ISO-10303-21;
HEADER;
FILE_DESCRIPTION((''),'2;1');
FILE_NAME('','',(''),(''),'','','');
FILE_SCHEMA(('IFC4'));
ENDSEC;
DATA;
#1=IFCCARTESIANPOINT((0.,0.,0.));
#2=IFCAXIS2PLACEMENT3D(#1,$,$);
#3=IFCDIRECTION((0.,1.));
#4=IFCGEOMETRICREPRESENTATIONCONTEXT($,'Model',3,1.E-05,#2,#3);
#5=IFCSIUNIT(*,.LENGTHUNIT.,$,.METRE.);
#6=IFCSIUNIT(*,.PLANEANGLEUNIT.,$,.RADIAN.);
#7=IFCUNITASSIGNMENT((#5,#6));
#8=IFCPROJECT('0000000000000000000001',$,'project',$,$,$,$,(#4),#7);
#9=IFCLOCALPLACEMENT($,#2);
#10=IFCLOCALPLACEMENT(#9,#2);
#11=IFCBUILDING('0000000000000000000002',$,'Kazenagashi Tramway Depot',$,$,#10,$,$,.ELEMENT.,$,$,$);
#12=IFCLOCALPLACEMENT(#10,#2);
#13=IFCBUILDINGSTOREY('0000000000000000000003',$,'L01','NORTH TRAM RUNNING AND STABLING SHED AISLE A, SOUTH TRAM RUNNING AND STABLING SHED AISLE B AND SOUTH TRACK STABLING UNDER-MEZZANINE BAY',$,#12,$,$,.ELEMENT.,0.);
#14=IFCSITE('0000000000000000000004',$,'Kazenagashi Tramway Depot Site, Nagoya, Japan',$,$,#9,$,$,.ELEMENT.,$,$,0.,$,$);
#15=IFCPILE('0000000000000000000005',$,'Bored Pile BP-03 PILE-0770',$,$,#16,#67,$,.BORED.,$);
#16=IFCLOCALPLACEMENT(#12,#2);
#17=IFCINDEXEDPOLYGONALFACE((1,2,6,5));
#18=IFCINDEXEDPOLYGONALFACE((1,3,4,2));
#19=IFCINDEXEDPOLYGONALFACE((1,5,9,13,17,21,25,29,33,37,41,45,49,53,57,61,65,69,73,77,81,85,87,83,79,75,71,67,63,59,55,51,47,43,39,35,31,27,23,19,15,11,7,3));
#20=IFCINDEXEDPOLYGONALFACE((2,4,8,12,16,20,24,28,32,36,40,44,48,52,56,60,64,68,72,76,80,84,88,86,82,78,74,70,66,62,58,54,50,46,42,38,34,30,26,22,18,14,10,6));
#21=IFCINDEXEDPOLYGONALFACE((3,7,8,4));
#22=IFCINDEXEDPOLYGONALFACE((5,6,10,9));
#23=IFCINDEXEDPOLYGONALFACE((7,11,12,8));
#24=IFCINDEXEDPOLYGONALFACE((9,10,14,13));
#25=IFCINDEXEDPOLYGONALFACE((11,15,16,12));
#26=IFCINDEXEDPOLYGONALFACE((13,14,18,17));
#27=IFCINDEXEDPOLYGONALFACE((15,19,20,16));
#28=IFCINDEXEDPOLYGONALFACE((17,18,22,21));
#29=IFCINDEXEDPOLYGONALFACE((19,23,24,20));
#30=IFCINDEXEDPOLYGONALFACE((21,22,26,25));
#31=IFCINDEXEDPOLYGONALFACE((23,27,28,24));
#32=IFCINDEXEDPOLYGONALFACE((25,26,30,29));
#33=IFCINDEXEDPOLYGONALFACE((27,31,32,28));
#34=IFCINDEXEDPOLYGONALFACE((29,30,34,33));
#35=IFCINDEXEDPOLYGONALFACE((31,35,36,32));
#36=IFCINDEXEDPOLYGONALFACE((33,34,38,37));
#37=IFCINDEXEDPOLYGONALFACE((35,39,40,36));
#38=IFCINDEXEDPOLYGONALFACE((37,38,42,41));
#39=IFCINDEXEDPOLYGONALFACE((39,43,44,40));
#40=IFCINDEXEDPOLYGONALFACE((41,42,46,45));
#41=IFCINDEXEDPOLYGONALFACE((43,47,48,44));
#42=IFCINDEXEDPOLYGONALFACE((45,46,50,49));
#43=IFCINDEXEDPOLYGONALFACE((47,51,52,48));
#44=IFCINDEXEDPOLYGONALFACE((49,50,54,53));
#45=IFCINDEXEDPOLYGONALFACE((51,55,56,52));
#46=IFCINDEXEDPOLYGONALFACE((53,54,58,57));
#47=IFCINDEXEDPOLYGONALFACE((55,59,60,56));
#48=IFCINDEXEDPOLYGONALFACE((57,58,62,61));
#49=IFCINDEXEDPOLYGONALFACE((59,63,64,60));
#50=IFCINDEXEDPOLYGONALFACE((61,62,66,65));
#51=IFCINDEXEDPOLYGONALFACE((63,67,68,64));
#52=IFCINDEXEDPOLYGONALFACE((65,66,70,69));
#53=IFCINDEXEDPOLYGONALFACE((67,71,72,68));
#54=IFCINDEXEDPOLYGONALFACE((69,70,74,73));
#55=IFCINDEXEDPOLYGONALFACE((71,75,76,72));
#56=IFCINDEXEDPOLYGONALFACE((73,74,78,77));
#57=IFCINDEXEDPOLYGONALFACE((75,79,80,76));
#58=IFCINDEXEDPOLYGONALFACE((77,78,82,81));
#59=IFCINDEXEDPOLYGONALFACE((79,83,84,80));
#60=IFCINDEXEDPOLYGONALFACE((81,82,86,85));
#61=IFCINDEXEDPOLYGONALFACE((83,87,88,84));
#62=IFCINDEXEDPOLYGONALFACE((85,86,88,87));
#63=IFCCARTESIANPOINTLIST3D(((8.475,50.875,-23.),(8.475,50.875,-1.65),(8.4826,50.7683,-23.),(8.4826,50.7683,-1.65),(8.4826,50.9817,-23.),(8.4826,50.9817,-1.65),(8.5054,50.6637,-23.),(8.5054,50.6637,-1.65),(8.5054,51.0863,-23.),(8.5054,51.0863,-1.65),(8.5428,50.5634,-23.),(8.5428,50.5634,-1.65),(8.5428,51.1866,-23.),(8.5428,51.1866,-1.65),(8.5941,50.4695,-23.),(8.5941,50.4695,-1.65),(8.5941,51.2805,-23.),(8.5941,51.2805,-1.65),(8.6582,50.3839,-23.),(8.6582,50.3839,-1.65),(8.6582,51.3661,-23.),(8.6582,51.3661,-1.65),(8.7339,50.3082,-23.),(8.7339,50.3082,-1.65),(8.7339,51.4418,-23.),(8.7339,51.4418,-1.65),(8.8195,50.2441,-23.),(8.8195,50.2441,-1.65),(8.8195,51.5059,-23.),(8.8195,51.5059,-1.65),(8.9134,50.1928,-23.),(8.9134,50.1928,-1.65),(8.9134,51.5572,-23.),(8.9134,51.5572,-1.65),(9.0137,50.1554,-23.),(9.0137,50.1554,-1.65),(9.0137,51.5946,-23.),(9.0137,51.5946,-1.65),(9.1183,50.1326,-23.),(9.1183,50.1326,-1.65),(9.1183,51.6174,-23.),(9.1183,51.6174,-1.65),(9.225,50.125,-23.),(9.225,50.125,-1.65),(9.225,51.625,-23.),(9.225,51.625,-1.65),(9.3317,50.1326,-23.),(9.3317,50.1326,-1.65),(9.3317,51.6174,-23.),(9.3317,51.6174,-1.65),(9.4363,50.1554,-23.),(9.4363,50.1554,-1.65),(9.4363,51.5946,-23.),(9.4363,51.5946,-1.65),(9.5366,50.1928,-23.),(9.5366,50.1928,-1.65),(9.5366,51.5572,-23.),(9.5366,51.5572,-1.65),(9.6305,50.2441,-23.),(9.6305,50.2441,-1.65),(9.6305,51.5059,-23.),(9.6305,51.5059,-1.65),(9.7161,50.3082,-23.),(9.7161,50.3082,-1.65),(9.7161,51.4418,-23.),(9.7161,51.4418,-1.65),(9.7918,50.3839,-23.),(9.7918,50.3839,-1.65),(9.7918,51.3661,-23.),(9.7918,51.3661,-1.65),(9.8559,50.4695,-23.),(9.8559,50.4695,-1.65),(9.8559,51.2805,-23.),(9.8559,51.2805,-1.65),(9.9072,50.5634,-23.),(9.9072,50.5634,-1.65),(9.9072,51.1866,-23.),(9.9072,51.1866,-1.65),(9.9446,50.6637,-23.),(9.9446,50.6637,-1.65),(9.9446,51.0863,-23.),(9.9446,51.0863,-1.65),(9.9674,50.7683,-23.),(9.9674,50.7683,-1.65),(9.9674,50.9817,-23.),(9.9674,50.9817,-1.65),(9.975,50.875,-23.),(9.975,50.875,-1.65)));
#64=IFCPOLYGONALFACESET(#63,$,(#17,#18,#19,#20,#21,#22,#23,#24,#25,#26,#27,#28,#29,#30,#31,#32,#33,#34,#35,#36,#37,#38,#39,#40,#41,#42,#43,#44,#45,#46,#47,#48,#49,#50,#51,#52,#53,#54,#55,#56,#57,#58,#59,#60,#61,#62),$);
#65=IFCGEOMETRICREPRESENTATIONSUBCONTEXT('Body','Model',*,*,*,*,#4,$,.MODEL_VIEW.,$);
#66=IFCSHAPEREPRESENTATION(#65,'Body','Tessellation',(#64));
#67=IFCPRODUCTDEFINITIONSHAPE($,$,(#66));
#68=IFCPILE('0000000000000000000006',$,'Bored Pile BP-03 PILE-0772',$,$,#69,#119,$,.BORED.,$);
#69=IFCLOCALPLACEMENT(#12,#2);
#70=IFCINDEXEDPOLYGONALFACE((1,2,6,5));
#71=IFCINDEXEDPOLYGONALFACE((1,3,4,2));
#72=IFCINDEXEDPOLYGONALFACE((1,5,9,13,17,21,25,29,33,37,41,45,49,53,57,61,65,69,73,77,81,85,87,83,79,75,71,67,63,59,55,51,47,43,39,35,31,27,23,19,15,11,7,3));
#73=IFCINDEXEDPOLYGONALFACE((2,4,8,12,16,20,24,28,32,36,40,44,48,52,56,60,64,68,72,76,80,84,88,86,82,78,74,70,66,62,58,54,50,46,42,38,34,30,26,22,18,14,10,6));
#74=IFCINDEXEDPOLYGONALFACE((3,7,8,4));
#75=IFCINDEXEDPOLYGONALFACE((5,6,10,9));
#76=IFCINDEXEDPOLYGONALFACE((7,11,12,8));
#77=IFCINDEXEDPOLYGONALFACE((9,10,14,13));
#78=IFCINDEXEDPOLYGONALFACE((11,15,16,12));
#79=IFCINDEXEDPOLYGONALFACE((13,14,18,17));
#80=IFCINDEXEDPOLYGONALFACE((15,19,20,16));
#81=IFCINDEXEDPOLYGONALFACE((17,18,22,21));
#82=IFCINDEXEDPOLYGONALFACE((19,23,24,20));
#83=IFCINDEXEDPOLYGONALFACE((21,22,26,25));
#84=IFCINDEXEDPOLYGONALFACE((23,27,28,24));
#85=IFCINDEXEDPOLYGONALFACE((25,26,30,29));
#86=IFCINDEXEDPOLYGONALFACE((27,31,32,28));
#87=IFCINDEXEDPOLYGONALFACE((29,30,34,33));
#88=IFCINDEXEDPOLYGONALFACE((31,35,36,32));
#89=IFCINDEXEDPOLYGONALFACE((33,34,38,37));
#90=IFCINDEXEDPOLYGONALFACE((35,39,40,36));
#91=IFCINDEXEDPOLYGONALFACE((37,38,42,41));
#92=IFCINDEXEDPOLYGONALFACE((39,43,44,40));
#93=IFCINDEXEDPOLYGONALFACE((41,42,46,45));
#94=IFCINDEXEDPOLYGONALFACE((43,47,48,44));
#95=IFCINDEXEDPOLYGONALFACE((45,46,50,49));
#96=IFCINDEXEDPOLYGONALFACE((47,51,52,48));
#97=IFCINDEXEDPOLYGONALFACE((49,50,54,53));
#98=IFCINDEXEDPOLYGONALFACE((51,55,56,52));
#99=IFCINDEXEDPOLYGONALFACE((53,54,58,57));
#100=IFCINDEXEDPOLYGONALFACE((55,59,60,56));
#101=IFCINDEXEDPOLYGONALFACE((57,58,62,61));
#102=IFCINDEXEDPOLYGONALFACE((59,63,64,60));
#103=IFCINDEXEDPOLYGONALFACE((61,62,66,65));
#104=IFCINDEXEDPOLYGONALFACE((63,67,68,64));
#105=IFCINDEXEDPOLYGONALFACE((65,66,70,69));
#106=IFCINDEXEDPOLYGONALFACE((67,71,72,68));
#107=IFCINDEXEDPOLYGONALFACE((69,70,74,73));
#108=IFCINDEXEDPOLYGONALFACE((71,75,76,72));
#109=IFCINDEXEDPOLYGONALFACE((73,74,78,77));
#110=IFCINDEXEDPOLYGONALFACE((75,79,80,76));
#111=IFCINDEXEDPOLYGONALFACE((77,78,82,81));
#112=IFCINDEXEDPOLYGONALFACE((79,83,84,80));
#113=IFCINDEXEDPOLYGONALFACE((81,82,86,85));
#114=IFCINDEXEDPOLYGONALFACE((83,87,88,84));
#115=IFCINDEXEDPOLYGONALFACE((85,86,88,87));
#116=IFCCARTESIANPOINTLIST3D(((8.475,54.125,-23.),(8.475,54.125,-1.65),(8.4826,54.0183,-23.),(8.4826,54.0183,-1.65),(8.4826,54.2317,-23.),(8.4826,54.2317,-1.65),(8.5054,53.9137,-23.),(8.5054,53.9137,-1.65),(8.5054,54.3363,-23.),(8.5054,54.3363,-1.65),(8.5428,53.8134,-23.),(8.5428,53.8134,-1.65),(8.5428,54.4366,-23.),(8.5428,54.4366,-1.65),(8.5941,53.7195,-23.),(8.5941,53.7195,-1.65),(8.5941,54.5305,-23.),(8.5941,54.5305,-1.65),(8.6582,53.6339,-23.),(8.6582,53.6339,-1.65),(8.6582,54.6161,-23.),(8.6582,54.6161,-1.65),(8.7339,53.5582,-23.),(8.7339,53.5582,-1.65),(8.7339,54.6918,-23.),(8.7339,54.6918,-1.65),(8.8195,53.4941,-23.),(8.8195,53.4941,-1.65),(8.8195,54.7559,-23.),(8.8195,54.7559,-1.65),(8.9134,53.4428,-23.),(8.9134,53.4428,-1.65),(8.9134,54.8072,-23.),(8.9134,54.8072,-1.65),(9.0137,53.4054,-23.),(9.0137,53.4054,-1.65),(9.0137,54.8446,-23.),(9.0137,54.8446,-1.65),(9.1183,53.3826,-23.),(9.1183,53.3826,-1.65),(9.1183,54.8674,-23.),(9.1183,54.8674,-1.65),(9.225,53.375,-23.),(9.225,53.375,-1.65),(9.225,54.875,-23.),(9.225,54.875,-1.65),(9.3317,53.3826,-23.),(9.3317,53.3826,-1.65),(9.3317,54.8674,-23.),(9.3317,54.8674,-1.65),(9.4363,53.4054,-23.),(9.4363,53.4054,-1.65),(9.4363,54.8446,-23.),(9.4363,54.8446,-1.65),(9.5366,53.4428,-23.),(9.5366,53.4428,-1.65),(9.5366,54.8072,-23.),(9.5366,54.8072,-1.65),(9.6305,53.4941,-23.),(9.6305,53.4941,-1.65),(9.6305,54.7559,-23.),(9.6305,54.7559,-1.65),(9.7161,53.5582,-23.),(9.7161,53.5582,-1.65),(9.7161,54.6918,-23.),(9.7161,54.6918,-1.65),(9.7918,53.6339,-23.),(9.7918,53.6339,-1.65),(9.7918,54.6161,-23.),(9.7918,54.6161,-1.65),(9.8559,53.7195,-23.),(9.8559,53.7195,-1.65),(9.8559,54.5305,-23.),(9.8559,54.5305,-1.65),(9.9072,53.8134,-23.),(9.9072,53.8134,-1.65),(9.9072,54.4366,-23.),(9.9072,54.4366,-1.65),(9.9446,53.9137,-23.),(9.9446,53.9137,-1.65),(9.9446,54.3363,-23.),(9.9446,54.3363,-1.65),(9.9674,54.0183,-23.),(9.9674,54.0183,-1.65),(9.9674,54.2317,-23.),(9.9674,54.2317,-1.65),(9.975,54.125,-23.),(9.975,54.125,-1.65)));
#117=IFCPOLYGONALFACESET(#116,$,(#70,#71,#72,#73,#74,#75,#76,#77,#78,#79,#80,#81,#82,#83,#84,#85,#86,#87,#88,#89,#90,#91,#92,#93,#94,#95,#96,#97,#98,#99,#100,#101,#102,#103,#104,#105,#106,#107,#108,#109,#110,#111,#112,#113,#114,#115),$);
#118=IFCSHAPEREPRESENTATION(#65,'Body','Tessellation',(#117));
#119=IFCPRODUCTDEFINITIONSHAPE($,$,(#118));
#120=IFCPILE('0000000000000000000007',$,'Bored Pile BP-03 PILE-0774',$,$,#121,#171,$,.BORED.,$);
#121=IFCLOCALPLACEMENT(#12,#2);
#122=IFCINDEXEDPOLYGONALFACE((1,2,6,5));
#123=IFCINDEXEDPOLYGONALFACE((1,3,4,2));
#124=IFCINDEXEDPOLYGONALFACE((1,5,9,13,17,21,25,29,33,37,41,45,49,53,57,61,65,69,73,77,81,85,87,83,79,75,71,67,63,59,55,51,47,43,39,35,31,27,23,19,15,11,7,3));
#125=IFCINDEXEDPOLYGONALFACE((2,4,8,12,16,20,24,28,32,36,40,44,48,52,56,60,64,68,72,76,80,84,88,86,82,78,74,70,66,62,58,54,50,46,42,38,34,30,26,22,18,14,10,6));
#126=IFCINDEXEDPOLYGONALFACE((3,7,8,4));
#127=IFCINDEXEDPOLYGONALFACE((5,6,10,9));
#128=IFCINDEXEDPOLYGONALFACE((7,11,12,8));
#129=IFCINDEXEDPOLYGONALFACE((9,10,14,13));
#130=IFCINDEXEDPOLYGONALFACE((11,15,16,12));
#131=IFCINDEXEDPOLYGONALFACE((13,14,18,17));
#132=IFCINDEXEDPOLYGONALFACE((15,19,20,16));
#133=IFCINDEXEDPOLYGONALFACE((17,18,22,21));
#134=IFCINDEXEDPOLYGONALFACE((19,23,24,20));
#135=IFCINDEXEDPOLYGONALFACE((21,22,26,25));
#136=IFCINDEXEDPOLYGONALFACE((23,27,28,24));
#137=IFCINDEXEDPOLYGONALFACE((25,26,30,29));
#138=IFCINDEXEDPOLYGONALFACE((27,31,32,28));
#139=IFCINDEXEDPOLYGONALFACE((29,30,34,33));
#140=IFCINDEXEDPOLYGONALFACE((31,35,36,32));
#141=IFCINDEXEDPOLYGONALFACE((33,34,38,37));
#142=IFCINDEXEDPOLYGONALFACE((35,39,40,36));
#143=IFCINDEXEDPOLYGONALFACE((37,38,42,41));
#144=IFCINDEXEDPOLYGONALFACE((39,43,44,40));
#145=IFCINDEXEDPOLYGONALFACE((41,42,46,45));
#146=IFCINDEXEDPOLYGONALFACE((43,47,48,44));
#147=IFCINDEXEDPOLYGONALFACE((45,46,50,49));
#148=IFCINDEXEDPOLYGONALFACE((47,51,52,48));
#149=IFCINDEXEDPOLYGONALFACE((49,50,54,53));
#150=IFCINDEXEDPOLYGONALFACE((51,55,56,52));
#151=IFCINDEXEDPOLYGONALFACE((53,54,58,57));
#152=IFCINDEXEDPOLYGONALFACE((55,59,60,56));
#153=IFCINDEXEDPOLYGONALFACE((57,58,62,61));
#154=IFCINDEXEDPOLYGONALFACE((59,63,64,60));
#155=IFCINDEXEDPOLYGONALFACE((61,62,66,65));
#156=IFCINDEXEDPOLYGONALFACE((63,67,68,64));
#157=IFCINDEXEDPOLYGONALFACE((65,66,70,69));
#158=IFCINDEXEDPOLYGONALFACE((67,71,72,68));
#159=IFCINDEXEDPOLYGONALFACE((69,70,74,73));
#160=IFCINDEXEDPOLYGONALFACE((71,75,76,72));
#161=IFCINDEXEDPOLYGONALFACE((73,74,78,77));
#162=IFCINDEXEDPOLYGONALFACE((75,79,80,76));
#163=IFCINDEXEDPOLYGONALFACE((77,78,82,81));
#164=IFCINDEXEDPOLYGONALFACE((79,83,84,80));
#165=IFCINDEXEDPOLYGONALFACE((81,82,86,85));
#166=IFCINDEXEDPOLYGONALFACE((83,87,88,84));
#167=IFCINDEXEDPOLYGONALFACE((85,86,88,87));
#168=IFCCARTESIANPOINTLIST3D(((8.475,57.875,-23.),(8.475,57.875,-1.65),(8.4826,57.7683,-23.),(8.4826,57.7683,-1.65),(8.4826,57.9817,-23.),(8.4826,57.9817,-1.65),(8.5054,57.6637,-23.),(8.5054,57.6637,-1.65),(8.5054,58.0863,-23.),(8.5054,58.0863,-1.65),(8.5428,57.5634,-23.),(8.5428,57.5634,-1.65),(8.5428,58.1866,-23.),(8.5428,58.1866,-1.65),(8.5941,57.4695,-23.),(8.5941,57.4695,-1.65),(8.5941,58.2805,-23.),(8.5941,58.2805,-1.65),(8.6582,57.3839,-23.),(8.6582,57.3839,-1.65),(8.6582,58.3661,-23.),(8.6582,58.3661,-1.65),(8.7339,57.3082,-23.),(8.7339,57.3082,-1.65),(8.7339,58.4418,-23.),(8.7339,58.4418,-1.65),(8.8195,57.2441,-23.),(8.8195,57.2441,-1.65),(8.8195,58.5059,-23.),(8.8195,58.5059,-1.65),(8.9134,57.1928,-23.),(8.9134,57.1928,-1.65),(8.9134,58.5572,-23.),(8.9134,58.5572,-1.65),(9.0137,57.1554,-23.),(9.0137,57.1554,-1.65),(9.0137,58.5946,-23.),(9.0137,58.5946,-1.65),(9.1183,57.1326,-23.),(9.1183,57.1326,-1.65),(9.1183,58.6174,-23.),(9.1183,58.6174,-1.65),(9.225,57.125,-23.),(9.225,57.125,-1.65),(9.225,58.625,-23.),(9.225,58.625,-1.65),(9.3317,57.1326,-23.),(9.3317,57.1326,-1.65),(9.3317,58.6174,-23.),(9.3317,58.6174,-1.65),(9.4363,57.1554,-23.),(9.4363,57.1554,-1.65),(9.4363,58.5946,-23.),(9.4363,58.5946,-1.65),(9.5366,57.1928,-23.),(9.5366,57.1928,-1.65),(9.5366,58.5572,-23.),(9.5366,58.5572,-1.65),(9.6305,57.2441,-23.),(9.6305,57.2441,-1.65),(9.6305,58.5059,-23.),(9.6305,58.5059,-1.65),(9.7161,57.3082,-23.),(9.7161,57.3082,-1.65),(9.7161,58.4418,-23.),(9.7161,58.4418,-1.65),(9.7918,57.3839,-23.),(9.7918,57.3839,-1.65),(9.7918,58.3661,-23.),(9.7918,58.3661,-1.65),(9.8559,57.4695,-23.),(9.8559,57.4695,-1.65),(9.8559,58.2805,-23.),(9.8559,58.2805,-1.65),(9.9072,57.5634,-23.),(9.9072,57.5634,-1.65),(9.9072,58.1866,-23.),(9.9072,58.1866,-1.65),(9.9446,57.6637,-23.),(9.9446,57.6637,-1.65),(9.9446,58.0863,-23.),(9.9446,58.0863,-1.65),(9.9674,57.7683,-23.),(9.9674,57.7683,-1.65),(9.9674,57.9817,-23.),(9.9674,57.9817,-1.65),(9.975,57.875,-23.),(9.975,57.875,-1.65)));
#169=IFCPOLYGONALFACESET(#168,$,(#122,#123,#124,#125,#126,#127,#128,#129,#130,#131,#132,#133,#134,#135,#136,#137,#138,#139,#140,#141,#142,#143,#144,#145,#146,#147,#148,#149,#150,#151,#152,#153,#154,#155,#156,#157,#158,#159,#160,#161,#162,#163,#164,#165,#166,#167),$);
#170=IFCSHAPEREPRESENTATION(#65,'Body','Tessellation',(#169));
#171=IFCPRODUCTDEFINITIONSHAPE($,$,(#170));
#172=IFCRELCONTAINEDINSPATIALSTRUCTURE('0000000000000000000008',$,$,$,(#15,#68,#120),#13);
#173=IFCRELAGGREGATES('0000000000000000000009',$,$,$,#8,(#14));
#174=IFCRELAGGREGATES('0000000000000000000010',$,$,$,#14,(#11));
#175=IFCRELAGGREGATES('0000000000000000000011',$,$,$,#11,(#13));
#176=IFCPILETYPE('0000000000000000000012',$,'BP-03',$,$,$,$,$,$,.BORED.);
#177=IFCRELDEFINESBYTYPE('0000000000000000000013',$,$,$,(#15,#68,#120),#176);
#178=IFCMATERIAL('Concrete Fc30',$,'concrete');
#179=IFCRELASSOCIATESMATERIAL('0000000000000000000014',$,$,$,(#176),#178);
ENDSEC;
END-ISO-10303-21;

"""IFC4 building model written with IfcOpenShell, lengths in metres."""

from ifc_helpers import new_model, si_unit, direction, frame, origin, origin_2d, place, context, subcontext, project, spatial, circle, extrude, material, material_profile, profile_set, type_object, element, save


model = new_model("IFC4")

# Units and contexts
model_context = context("Model", 3, precision=1e-05, world=origin(), true_north=direction((0.0, 1.0)))
body_context = subcontext(model_context, "Body", "Model", "MODEL_VIEW")
ifc_project = project(units=[si_unit("LENGTHUNIT", "METRE"), si_unit("PLANEANGLEUNIT", "RADIAN")], contexts=[model_context])

# Site, building, storey
site_placement = place(None, origin())
site = spatial("IfcSite", under=ifc_project, at=site_placement, Name="Kazenagashi Tramway Depot Site, Nagoya, Japan", CompositionType="ELEMENT", RefElevation=0.0)
building_placement = place(site_placement, origin())
building = spatial("IfcBuilding", under=site, at=building_placement, Name="Kazenagashi Tramway Depot", CompositionType="ELEMENT")
storey_placement = place(building_placement, origin())
storey = spatial("IfcBuildingStorey", under=building, at=storey_placement, Name="L01", Description="NORTH TRAM RUNNING AND STABLING SHED AISLE A, SOUTH TRAM RUNNING AND STABLING SHED AISLE B AND SOUTH TRACK STABLING UNDER-MEZZANINE BAY", CompositionType="ELEMENT", Elevation=0.0)

# Piles
ifc_material_1 = material(Name="Concrete Fc30", Category="concrete")
ifc_material_profile_1 = material_profile(ifc_material_1, circle(Radius=0.75, at=origin_2d()), Name="PILE-1500")
ifc_profile_set_1 = profile_set([ifc_material_profile_1], Name="Concrete Fc30")
pile_type = type_object("IfcPileType", Name="BP-03", PredefinedType="BORED", material=ifc_profile_set_1)
for number, where, z_axis, x_axis, name in (
    (1, (9.225, 50.875, -1.65), (0.0, 0.0, -1.0), (1.0, 0.0, 0.0), "Bored Pile BP-03 PILE-0770"),
    (2, (9.225, 54.125, -1.65), (0.0, 0.0, -1.0), (1.0, 0.0, 0.0), "Bored Pile BP-03 PILE-0772"),
    (3, (9.225, 57.875, -1.65), (0.0, 0.0, -1.0), (1.0, 0.0, 0.0), "Bored Pile BP-03 PILE-0774"),
):
    element("IfcPile", number, at=place(storey_placement, frame(where, z_axis=z_axis, x_axis=x_axis)), inside=storey, type_object=pile_type, Name=name, PredefinedType="BORED", context=body_context, shape_type="SweptSolid", body=[
        extrude(circle(Radius=0.75, at=origin_2d()), origin(), (0.0, 0.0, 1.0), 21.35),
    ])

save(model, "model.ifc")
